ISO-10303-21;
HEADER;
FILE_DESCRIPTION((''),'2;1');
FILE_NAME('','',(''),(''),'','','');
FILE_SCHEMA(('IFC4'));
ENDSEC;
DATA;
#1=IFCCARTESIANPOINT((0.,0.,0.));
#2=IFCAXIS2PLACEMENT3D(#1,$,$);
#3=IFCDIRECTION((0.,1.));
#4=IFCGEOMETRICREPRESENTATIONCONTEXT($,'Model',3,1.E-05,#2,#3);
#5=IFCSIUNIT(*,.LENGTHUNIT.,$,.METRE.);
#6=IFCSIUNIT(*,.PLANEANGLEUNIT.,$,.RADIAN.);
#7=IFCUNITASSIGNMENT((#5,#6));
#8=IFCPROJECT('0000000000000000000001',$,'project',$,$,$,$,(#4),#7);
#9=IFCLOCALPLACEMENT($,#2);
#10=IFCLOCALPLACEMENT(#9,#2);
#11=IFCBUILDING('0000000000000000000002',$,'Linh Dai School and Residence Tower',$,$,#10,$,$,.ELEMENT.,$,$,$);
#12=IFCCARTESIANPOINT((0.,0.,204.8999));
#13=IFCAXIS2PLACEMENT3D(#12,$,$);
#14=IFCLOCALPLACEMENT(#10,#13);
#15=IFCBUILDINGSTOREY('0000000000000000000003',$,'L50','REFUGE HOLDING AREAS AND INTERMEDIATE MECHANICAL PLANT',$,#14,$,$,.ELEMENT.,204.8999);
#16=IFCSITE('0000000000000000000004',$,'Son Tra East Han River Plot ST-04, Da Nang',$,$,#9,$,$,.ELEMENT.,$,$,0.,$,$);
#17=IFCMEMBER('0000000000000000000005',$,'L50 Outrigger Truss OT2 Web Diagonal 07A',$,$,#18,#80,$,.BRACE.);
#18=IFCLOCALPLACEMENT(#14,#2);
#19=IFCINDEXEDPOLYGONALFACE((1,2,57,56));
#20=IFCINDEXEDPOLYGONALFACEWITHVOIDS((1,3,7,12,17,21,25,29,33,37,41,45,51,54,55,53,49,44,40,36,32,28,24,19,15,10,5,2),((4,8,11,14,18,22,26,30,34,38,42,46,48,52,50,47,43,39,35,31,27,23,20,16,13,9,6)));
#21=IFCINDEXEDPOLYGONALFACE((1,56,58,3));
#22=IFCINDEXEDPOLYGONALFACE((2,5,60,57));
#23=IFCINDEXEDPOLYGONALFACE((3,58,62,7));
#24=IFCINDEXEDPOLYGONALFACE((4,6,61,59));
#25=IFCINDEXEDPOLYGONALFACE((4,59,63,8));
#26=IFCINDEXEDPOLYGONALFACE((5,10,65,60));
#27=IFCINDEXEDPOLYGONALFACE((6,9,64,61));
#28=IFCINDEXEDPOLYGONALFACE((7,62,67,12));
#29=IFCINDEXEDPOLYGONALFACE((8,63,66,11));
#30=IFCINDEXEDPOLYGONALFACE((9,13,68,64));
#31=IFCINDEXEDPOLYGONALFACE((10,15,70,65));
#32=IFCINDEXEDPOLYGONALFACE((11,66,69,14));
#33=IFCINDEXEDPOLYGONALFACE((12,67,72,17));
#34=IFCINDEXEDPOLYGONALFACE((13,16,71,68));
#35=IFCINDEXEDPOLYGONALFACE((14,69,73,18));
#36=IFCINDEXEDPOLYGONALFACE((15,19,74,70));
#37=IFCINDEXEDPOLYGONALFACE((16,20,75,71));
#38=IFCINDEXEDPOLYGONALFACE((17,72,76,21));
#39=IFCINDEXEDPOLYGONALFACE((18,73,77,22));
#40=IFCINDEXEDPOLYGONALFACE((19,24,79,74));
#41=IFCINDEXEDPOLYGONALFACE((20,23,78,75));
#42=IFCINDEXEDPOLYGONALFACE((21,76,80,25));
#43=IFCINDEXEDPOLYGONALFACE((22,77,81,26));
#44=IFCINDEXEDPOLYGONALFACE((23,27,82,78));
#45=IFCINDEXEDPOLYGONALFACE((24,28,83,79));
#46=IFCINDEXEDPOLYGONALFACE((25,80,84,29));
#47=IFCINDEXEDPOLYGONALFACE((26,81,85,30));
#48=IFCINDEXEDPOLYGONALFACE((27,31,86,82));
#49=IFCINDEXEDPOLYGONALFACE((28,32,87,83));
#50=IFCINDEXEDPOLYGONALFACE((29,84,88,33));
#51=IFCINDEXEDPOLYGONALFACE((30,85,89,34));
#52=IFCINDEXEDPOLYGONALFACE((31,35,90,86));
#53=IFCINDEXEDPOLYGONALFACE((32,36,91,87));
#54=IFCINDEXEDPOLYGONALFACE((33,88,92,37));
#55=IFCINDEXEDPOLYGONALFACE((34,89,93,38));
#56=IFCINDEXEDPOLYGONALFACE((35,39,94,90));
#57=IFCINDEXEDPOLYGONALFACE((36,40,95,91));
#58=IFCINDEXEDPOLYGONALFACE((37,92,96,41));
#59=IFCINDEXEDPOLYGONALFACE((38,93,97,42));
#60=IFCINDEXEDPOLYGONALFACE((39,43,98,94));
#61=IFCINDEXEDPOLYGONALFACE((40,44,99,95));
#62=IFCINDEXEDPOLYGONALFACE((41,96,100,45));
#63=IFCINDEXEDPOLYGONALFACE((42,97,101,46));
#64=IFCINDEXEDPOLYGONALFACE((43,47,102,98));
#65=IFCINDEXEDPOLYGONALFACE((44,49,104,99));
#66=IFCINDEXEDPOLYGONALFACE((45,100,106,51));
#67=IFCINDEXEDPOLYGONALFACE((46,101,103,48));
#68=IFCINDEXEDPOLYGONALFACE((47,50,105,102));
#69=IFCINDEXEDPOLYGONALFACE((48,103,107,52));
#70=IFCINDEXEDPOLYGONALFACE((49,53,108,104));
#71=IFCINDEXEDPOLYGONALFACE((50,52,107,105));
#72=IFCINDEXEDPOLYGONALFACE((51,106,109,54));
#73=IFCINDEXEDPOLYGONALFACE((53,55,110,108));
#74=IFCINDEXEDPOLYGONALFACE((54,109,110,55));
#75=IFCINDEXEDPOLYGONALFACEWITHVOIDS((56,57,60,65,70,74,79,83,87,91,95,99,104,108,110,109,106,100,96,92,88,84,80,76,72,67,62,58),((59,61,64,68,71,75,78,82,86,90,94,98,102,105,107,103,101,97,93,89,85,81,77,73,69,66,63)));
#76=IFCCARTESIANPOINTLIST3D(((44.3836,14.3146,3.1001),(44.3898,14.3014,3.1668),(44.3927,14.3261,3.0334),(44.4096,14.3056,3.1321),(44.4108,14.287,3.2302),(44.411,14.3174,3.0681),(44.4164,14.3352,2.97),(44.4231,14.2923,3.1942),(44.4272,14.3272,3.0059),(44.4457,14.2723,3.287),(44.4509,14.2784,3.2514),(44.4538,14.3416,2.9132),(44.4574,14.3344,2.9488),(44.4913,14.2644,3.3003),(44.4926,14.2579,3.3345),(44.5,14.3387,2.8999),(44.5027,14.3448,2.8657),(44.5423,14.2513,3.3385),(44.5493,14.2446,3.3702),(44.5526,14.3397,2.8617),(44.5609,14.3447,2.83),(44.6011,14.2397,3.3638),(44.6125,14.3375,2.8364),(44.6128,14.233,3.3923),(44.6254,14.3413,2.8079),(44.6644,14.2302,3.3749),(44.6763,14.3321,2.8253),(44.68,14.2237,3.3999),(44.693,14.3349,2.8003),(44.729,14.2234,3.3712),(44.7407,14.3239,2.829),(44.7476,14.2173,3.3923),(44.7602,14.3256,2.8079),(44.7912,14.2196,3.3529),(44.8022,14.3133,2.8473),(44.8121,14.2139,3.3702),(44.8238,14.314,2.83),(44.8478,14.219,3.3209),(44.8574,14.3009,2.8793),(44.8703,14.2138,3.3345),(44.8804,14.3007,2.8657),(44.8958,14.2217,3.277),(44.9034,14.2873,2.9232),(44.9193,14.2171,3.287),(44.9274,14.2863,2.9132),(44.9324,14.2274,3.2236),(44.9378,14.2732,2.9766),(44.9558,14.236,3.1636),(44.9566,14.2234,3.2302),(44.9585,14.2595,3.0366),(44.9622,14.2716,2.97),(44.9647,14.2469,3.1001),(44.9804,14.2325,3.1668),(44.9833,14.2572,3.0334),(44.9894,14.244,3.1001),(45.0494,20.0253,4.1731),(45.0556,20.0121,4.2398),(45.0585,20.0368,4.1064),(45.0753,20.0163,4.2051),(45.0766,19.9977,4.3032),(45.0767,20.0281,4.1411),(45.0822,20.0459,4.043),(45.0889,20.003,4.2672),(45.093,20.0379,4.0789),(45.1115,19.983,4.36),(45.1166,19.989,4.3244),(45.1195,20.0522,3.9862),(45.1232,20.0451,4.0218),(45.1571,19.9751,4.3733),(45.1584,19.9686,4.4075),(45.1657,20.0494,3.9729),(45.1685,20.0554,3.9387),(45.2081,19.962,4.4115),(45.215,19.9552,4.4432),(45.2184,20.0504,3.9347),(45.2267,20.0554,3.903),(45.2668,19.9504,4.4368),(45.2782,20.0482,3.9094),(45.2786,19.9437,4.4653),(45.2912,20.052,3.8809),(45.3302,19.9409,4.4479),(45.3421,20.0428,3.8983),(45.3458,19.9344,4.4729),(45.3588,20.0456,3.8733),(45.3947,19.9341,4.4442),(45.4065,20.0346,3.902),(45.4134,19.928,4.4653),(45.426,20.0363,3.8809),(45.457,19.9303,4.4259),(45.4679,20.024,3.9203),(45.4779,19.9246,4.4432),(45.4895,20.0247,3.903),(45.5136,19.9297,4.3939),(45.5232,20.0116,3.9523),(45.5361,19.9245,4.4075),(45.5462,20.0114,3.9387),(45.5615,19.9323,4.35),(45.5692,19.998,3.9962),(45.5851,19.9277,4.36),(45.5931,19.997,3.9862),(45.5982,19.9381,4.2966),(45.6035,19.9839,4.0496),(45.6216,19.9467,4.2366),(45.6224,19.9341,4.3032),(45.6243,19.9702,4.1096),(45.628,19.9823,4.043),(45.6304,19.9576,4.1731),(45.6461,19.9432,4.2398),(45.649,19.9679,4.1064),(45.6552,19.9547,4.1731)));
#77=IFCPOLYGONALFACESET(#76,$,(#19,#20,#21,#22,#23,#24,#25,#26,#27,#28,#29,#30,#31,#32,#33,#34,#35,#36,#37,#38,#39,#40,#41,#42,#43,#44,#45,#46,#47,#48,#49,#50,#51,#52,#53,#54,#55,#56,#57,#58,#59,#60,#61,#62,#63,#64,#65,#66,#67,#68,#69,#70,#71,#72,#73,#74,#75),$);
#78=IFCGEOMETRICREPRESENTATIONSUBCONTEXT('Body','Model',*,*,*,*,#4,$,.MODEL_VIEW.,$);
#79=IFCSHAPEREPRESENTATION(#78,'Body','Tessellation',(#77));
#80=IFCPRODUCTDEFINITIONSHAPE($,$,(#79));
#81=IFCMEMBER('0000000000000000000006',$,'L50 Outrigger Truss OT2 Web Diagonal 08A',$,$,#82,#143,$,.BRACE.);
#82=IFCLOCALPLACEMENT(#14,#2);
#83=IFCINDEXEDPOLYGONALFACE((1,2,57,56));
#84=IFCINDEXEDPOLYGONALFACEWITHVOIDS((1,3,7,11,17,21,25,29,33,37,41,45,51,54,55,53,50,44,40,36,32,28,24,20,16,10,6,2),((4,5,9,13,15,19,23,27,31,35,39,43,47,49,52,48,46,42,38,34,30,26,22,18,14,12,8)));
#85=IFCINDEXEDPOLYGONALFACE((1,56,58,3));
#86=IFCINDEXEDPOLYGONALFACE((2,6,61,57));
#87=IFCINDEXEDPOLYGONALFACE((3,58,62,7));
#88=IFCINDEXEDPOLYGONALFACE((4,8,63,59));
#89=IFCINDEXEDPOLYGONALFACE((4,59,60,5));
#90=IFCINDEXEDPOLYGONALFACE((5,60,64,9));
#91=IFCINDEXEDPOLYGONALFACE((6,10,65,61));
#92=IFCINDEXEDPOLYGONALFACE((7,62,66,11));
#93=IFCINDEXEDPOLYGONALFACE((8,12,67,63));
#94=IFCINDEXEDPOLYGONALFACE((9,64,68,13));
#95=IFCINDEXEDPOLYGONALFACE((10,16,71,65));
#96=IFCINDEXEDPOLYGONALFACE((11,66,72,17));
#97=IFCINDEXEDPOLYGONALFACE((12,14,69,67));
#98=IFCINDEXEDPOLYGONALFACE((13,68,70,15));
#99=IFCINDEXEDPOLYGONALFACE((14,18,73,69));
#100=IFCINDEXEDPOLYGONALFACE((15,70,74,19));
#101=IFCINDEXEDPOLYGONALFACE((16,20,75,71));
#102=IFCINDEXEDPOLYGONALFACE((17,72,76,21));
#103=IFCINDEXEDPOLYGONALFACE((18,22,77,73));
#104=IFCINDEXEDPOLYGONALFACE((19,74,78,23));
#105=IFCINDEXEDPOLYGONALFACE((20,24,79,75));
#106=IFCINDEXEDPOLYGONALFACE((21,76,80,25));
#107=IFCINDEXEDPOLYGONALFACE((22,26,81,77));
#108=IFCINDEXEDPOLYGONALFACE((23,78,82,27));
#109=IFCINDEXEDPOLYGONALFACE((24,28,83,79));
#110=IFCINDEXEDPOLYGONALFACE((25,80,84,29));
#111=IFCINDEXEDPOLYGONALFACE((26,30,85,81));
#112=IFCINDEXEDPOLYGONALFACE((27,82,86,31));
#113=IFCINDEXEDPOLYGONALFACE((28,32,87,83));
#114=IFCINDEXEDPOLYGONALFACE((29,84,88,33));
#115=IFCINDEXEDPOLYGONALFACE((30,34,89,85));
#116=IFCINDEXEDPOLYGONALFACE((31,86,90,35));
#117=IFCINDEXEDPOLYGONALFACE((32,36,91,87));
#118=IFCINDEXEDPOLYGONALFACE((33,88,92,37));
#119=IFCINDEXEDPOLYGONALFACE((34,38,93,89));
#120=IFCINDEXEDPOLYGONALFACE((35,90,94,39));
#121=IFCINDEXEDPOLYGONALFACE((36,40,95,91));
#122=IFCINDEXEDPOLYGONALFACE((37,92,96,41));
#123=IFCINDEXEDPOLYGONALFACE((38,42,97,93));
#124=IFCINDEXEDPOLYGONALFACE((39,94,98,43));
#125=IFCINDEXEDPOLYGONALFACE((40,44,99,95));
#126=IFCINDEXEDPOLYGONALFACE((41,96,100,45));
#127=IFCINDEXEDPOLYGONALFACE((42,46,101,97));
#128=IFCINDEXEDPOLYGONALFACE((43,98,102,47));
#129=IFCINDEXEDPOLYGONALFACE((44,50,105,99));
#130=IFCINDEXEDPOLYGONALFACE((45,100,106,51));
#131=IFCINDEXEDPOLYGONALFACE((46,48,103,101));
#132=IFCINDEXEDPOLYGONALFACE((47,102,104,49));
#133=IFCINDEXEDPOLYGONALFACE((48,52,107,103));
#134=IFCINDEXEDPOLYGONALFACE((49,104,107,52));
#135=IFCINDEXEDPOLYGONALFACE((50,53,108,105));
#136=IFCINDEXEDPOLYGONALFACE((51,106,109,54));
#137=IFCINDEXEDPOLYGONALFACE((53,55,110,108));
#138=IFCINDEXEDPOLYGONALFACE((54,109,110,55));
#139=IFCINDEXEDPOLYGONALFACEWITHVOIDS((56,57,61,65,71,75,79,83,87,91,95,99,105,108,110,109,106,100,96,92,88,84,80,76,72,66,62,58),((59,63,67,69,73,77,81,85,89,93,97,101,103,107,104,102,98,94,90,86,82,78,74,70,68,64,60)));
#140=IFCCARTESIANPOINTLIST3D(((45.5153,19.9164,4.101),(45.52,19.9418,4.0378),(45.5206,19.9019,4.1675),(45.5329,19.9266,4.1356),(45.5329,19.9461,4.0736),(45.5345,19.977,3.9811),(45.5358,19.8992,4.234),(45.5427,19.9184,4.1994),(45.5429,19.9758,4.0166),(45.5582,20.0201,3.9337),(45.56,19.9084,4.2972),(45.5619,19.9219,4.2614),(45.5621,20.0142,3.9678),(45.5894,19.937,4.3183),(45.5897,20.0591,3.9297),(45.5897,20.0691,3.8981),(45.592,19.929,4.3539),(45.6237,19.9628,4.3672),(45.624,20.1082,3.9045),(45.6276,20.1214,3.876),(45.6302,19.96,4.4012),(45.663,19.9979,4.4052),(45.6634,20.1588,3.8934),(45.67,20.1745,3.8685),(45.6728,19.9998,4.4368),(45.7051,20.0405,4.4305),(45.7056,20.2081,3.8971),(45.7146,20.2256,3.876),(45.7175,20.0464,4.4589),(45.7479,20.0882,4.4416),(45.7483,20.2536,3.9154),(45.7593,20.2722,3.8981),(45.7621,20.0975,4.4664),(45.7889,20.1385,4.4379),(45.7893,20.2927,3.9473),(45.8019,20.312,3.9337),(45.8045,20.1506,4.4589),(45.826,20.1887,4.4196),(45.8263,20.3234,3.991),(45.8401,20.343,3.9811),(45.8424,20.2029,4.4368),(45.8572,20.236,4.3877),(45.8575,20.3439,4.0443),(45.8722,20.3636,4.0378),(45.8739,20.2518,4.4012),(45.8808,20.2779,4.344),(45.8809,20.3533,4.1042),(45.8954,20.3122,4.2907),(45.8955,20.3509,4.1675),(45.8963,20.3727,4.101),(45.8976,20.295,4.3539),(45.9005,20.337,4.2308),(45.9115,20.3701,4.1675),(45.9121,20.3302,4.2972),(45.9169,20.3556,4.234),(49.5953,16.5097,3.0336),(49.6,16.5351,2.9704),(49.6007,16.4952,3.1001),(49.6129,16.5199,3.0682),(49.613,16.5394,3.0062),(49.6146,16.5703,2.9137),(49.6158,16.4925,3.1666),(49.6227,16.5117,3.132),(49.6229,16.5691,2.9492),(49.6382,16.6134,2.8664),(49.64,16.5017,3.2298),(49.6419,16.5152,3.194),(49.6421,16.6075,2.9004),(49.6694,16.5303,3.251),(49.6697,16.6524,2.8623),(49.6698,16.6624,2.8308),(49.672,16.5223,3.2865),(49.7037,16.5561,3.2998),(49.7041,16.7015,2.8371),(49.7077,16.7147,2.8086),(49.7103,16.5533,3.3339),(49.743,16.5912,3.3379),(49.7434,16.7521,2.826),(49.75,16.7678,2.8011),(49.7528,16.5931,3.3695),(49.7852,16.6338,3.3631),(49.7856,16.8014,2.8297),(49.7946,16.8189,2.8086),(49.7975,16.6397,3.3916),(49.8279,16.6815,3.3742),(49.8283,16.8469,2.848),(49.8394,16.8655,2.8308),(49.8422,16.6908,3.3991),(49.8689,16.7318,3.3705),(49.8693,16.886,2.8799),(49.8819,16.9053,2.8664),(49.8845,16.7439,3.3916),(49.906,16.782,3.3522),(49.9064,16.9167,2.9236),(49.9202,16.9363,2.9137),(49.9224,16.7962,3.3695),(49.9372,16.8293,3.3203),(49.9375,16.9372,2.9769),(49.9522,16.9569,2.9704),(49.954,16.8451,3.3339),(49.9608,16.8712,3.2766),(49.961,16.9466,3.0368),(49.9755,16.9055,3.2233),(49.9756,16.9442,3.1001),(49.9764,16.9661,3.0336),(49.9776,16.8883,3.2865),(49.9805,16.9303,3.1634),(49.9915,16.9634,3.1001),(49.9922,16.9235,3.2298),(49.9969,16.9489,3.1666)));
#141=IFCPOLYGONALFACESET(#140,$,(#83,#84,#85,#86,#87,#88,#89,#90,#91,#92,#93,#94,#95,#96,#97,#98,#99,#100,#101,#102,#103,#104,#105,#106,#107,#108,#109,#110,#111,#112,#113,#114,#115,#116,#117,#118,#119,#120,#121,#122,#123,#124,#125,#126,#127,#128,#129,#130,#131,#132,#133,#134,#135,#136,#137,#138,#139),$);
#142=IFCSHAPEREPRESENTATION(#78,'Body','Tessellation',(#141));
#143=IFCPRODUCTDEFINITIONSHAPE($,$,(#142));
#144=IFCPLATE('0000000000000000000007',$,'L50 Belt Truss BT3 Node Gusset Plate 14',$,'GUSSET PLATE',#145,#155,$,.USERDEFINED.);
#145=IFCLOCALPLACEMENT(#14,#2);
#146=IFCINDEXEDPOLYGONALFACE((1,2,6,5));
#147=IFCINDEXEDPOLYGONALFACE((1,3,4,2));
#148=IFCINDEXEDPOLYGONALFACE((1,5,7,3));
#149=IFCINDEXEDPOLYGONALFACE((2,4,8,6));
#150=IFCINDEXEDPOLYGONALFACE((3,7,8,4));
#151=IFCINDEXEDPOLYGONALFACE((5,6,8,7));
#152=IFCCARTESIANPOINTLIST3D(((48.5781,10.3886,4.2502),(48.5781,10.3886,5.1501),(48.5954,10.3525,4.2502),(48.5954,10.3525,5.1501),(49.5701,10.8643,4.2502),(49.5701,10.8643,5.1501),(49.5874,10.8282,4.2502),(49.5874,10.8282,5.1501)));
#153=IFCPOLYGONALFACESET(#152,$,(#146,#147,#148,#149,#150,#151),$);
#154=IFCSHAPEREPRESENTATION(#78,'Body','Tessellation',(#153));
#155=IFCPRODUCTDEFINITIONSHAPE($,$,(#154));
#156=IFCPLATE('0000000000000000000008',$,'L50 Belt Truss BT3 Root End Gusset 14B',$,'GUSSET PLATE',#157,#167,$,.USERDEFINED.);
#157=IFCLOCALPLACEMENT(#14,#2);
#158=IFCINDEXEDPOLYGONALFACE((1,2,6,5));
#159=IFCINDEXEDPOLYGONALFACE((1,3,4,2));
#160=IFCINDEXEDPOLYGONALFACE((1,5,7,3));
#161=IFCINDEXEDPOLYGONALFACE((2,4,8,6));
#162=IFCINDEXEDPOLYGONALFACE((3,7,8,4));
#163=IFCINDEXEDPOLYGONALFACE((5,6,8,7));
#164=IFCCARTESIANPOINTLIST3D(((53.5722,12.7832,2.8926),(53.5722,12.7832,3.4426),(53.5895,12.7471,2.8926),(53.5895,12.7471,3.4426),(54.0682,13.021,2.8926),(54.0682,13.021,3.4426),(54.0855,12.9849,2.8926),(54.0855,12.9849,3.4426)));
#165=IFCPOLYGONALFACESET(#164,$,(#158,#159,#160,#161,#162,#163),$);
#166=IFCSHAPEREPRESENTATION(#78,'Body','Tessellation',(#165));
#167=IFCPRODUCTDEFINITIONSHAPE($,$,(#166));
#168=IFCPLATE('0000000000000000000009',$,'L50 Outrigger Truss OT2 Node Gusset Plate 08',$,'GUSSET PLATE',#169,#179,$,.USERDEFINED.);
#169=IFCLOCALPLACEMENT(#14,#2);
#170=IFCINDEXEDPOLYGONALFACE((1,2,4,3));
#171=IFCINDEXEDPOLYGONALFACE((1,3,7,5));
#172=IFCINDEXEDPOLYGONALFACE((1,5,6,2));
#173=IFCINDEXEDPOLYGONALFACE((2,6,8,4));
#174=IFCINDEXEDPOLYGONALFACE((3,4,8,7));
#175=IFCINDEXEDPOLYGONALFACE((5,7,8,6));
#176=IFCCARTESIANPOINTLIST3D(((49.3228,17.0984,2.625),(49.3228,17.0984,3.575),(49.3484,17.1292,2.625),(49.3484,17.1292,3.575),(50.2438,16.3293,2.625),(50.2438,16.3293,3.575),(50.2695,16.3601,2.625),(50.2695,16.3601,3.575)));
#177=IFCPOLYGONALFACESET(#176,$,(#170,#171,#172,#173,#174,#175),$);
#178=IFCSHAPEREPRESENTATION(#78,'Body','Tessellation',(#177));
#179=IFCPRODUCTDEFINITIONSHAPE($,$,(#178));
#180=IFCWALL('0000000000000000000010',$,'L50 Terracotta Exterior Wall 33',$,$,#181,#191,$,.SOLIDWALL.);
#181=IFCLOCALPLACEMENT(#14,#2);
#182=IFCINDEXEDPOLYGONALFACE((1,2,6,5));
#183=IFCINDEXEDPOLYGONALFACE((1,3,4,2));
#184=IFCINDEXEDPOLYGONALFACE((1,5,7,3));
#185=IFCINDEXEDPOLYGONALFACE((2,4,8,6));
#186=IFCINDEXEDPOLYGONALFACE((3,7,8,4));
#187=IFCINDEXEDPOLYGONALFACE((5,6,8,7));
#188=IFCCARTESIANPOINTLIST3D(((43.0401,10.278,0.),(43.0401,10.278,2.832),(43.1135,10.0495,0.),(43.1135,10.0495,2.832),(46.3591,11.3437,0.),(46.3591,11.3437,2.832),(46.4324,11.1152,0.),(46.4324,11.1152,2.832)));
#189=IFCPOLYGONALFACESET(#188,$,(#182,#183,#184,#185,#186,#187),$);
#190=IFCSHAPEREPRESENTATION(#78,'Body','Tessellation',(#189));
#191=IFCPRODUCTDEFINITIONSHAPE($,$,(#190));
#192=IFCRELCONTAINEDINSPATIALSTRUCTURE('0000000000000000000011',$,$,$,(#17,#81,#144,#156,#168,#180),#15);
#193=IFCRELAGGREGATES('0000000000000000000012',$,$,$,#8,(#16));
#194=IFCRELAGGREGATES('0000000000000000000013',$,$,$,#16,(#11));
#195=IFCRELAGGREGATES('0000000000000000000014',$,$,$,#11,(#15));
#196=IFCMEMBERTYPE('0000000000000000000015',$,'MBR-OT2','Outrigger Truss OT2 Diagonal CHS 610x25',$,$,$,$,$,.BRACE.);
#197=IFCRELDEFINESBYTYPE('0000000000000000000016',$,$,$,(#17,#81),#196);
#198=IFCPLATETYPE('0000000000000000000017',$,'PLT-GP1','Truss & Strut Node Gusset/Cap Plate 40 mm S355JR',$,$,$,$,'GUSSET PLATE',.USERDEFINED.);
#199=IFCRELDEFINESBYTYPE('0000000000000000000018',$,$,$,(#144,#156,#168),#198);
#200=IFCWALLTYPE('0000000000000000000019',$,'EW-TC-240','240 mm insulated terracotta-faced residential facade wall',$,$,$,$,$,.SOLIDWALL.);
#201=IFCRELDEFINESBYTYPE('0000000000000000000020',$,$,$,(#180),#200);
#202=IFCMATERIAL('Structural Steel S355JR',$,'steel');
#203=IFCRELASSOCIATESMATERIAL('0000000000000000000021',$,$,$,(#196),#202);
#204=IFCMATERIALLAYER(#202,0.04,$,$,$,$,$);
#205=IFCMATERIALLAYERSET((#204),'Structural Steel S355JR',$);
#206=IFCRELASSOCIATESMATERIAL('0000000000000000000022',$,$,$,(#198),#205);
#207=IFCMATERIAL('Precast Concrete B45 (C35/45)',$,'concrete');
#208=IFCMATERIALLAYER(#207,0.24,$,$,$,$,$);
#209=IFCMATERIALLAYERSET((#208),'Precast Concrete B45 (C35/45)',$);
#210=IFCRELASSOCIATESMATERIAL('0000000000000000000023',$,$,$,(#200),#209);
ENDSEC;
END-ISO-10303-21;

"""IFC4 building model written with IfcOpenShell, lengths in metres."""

from ifc_helpers import new_model, si_unit, direction, frame, frame_2d, origin, origin_2d, place, context, subcontext, project, spatial, rectangle, hollow_circle, extrude, source, transform, mapped, material, layer, layer_set, material_profile, profile_set, type_object, element, save


model = new_model("IFC4")

# Units and contexts
model_context = context("Model", 3, precision=1e-05, world=origin(), true_north=direction((0.0, 1.0)))
body_context = subcontext(model_context, "Body", "Model", "MODEL_VIEW")
ifc_project = project(units=[si_unit("LENGTHUNIT", "METRE"), si_unit("PLANEANGLEUNIT", "RADIAN")], contexts=[model_context])

# Site, building, storey
site_placement = place(None, origin())
site = spatial("IfcSite", under=ifc_project, at=site_placement, Name="Son Tra East Han River Plot ST-04, Da Nang", CompositionType="ELEMENT", RefElevation=0.0)
building_placement = place(site_placement, origin())
building = spatial("IfcBuilding", under=site, at=building_placement, Name="Linh Dai School and Residence Tower", CompositionType="ELEMENT")
storey_placement = place(building_placement, frame((0.0, 0.0, 204.8999)))
storey = spatial("IfcBuildingStorey", under=building, at=storey_placement, Name="L50", Description="REFUGE HOLDING AREAS AND INTERMEDIATE MECHANICAL PLANT", CompositionType="ELEMENT", Elevation=204.8999)

# Shared definitions
ifc_material_1 = material(Name="Structural Steel S355JR", Category="steel")

# Members
ifc_material_profile_1 = material_profile(ifc_material_1, hollow_circle(Radius=0.3049, WallThickness=0.0249, at=origin_2d()), Name="CHS 610x25")
ifc_profile_set_1 = profile_set([ifc_material_profile_1], Name="Structural Steel S355JR")
member_type = type_object("IfcMemberType", Name="MBR-OT2", Description="Outrigger Truss OT2 Diagonal CHS 610x25", PredefinedType="BRACE", material=ifc_profile_set_1)
member_1_placement = place(storey_placement, frame((45.3523, 19.99, 4.1731), z_axis=(-0.113834, -0.976414, -0.183461), x_axis=(0.993273, -0.115799, 0.0)))
element("IfcMember", 1, at=member_1_placement, inside=storey, type_object=member_type, Name="L50 Outrigger Truss OT2 Web Diagonal 07A", PredefinedType="BRACE", context=body_context, shape_type="SweptSolid", body=[
    extrude(hollow_circle(Radius=0.3049, WallThickness=0.0249, at=origin_2d()), origin(), (0.0, 0.0, 1.0), 5.8486),
])
member_2_placement = place(storey_placement, frame((45.7161, 20.136, 4.1675), z_axis=(0.752579, -0.62838, -0.196881), x_axis=(0.640925, 0.767603, 0.0)))
element("IfcMember", 2, at=member_2_placement, inside=storey, type_object=member_type, Name="L50 Outrigger Truss OT2 Web Diagonal 08A", PredefinedType="BRACE", context=body_context, shape_type="SweptSolid", body=[
    extrude(hollow_circle(Radius=0.3049, WallThickness=0.0249, at=origin_2d()), origin(), (0.0, 0.0, 1.0), 5.4214),
])

# Plates
ifc_layer_1 = layer(ifc_material_1, 0.04)
ifc_layer_set_1 = layer_set([ifc_layer_1], Name="Structural Steel S355JR")
plate_type = type_object("IfcPlateType", Name="PLT-GP1", Description="Truss & Strut Node Gusset/Cap Plate 40 mm S355JR", ElementType="GUSSET PLATE", PredefinedType="USERDEFINED", material=ifc_layer_set_1)
shared_shape_1 = source(origin(), body_context, "Body", "SweptSolid", [
    extrude(rectangle(XDim=1.1001, YDim=0.04, at=origin_2d()), origin(), (0.0, 0.0, 1.0), 0.8999),
])
plate_1_placement = place(storey_placement, frame((49.0828, 10.6084, 4.2502), z_axis=(0.0, 0.0, 1.0), x_axis=(0.901714, 0.432333, 0.0)))
element("IfcPlate", 3, at=plate_1_placement, inside=storey, type_object=plate_type, Name="L50 Belt Truss BT3 Node Gusset Plate 14", ObjectType="GUSSET PLATE", PredefinedType="USERDEFINED", context=body_context, shape_type="MappedRepresentation", body=[
    mapped(shared_shape_1, transform((0.0, 0.0, 0.0), x_axis=(1.0, 0.0, 0.0), y_axis=(0.0, 1.0, 0.0), z_axis=(0.0, 0.0, 1.0), scale=1.0)),
])
shared_shape_2 = source(origin(), body_context, "Body", "SweptSolid", [
    extrude(rectangle(XDim=0.55, YDim=0.04, at=origin_2d()), origin(), (0.0, 0.0, 1.0), 0.55),
])
plate_2_placement = place(storey_placement, frame((53.8289, 12.884, 2.8926), z_axis=(0.0, 0.0, 1.0), x_axis=(0.901714, 0.432333, 0.0)))
element("IfcPlate", 4, at=plate_2_placement, inside=storey, type_object=plate_type, Name="L50 Belt Truss BT3 Root End Gusset 14B", ObjectType="GUSSET PLATE", PredefinedType="USERDEFINED", context=body_context, shape_type="MappedRepresentation", body=[
    mapped(shared_shape_2, transform((0.0, 0.0, 0.0), x_axis=(1.0, 0.0, 0.0), y_axis=(0.0, 1.0, 0.0), z_axis=(0.0, 0.0, 1.0), scale=1.0)),
])
shared_shape_3 = source(origin(), body_context, "Body", "SweptSolid", [
    extrude(rectangle(XDim=1.2, YDim=0.04, at=origin_2d()), origin(), (0.0, 0.0, 1.0), 0.95),
])
plate_3_placement = place(storey_placement, frame((49.7961, 16.7292, 2.625), z_axis=(0.0, 0.0, 1.0), x_axis=(0.767593, -0.640938, 0.0)))
element("IfcPlate", 5, at=plate_3_placement, inside=storey, type_object=plate_type, Name="L50 Outrigger Truss OT2 Node Gusset Plate 08", ObjectType="GUSSET PLATE", PredefinedType="USERDEFINED", context=body_context, shape_type="MappedRepresentation", body=[
    mapped(shared_shape_3, transform((0.0, 0.0, 0.0), x_axis=(1.0, 0.0, 0.0), y_axis=(0.0, 1.0, 0.0), z_axis=(0.0, 0.0, 1.0), scale=1.0)),
])

# Wall
ifc_material_2 = material(Name="Precast Concrete B45 (C35/45)", Category="concrete")
ifc_layer_2 = layer(ifc_material_2, 0.24)
ifc_layer_set_2 = layer_set([ifc_layer_2], Name="Precast Concrete B45 (C35/45)")
wall_type_1 = type_object("IfcWallType", Name="EW-TC-240", Description="240 mm insulated terracotta-faced residential facade wall", PredefinedType="SOLIDWALL", material=ifc_layer_set_2)
wall_1_placement = place(storey_placement, frame((46.3958, 11.2295, 0.0), z_axis=(0.0, 0.0, 1.0), x_axis=(-0.95212, -0.305724, 0.0)))
element("IfcWall", 6, at=wall_1_placement, inside=storey, type_object=wall_type_1, Name="L50 Terracotta Exterior Wall 33", PredefinedType="SOLIDWALL", context=body_context, shape_type="SweptSolid", body=[
    extrude(rectangle(XDim=3.4858, YDim=0.24, at=frame_2d((1.7429, 0.0))), origin(), (0.0, 0.0, 1.0), 2.832),
])

save(model, "model.ifc")
